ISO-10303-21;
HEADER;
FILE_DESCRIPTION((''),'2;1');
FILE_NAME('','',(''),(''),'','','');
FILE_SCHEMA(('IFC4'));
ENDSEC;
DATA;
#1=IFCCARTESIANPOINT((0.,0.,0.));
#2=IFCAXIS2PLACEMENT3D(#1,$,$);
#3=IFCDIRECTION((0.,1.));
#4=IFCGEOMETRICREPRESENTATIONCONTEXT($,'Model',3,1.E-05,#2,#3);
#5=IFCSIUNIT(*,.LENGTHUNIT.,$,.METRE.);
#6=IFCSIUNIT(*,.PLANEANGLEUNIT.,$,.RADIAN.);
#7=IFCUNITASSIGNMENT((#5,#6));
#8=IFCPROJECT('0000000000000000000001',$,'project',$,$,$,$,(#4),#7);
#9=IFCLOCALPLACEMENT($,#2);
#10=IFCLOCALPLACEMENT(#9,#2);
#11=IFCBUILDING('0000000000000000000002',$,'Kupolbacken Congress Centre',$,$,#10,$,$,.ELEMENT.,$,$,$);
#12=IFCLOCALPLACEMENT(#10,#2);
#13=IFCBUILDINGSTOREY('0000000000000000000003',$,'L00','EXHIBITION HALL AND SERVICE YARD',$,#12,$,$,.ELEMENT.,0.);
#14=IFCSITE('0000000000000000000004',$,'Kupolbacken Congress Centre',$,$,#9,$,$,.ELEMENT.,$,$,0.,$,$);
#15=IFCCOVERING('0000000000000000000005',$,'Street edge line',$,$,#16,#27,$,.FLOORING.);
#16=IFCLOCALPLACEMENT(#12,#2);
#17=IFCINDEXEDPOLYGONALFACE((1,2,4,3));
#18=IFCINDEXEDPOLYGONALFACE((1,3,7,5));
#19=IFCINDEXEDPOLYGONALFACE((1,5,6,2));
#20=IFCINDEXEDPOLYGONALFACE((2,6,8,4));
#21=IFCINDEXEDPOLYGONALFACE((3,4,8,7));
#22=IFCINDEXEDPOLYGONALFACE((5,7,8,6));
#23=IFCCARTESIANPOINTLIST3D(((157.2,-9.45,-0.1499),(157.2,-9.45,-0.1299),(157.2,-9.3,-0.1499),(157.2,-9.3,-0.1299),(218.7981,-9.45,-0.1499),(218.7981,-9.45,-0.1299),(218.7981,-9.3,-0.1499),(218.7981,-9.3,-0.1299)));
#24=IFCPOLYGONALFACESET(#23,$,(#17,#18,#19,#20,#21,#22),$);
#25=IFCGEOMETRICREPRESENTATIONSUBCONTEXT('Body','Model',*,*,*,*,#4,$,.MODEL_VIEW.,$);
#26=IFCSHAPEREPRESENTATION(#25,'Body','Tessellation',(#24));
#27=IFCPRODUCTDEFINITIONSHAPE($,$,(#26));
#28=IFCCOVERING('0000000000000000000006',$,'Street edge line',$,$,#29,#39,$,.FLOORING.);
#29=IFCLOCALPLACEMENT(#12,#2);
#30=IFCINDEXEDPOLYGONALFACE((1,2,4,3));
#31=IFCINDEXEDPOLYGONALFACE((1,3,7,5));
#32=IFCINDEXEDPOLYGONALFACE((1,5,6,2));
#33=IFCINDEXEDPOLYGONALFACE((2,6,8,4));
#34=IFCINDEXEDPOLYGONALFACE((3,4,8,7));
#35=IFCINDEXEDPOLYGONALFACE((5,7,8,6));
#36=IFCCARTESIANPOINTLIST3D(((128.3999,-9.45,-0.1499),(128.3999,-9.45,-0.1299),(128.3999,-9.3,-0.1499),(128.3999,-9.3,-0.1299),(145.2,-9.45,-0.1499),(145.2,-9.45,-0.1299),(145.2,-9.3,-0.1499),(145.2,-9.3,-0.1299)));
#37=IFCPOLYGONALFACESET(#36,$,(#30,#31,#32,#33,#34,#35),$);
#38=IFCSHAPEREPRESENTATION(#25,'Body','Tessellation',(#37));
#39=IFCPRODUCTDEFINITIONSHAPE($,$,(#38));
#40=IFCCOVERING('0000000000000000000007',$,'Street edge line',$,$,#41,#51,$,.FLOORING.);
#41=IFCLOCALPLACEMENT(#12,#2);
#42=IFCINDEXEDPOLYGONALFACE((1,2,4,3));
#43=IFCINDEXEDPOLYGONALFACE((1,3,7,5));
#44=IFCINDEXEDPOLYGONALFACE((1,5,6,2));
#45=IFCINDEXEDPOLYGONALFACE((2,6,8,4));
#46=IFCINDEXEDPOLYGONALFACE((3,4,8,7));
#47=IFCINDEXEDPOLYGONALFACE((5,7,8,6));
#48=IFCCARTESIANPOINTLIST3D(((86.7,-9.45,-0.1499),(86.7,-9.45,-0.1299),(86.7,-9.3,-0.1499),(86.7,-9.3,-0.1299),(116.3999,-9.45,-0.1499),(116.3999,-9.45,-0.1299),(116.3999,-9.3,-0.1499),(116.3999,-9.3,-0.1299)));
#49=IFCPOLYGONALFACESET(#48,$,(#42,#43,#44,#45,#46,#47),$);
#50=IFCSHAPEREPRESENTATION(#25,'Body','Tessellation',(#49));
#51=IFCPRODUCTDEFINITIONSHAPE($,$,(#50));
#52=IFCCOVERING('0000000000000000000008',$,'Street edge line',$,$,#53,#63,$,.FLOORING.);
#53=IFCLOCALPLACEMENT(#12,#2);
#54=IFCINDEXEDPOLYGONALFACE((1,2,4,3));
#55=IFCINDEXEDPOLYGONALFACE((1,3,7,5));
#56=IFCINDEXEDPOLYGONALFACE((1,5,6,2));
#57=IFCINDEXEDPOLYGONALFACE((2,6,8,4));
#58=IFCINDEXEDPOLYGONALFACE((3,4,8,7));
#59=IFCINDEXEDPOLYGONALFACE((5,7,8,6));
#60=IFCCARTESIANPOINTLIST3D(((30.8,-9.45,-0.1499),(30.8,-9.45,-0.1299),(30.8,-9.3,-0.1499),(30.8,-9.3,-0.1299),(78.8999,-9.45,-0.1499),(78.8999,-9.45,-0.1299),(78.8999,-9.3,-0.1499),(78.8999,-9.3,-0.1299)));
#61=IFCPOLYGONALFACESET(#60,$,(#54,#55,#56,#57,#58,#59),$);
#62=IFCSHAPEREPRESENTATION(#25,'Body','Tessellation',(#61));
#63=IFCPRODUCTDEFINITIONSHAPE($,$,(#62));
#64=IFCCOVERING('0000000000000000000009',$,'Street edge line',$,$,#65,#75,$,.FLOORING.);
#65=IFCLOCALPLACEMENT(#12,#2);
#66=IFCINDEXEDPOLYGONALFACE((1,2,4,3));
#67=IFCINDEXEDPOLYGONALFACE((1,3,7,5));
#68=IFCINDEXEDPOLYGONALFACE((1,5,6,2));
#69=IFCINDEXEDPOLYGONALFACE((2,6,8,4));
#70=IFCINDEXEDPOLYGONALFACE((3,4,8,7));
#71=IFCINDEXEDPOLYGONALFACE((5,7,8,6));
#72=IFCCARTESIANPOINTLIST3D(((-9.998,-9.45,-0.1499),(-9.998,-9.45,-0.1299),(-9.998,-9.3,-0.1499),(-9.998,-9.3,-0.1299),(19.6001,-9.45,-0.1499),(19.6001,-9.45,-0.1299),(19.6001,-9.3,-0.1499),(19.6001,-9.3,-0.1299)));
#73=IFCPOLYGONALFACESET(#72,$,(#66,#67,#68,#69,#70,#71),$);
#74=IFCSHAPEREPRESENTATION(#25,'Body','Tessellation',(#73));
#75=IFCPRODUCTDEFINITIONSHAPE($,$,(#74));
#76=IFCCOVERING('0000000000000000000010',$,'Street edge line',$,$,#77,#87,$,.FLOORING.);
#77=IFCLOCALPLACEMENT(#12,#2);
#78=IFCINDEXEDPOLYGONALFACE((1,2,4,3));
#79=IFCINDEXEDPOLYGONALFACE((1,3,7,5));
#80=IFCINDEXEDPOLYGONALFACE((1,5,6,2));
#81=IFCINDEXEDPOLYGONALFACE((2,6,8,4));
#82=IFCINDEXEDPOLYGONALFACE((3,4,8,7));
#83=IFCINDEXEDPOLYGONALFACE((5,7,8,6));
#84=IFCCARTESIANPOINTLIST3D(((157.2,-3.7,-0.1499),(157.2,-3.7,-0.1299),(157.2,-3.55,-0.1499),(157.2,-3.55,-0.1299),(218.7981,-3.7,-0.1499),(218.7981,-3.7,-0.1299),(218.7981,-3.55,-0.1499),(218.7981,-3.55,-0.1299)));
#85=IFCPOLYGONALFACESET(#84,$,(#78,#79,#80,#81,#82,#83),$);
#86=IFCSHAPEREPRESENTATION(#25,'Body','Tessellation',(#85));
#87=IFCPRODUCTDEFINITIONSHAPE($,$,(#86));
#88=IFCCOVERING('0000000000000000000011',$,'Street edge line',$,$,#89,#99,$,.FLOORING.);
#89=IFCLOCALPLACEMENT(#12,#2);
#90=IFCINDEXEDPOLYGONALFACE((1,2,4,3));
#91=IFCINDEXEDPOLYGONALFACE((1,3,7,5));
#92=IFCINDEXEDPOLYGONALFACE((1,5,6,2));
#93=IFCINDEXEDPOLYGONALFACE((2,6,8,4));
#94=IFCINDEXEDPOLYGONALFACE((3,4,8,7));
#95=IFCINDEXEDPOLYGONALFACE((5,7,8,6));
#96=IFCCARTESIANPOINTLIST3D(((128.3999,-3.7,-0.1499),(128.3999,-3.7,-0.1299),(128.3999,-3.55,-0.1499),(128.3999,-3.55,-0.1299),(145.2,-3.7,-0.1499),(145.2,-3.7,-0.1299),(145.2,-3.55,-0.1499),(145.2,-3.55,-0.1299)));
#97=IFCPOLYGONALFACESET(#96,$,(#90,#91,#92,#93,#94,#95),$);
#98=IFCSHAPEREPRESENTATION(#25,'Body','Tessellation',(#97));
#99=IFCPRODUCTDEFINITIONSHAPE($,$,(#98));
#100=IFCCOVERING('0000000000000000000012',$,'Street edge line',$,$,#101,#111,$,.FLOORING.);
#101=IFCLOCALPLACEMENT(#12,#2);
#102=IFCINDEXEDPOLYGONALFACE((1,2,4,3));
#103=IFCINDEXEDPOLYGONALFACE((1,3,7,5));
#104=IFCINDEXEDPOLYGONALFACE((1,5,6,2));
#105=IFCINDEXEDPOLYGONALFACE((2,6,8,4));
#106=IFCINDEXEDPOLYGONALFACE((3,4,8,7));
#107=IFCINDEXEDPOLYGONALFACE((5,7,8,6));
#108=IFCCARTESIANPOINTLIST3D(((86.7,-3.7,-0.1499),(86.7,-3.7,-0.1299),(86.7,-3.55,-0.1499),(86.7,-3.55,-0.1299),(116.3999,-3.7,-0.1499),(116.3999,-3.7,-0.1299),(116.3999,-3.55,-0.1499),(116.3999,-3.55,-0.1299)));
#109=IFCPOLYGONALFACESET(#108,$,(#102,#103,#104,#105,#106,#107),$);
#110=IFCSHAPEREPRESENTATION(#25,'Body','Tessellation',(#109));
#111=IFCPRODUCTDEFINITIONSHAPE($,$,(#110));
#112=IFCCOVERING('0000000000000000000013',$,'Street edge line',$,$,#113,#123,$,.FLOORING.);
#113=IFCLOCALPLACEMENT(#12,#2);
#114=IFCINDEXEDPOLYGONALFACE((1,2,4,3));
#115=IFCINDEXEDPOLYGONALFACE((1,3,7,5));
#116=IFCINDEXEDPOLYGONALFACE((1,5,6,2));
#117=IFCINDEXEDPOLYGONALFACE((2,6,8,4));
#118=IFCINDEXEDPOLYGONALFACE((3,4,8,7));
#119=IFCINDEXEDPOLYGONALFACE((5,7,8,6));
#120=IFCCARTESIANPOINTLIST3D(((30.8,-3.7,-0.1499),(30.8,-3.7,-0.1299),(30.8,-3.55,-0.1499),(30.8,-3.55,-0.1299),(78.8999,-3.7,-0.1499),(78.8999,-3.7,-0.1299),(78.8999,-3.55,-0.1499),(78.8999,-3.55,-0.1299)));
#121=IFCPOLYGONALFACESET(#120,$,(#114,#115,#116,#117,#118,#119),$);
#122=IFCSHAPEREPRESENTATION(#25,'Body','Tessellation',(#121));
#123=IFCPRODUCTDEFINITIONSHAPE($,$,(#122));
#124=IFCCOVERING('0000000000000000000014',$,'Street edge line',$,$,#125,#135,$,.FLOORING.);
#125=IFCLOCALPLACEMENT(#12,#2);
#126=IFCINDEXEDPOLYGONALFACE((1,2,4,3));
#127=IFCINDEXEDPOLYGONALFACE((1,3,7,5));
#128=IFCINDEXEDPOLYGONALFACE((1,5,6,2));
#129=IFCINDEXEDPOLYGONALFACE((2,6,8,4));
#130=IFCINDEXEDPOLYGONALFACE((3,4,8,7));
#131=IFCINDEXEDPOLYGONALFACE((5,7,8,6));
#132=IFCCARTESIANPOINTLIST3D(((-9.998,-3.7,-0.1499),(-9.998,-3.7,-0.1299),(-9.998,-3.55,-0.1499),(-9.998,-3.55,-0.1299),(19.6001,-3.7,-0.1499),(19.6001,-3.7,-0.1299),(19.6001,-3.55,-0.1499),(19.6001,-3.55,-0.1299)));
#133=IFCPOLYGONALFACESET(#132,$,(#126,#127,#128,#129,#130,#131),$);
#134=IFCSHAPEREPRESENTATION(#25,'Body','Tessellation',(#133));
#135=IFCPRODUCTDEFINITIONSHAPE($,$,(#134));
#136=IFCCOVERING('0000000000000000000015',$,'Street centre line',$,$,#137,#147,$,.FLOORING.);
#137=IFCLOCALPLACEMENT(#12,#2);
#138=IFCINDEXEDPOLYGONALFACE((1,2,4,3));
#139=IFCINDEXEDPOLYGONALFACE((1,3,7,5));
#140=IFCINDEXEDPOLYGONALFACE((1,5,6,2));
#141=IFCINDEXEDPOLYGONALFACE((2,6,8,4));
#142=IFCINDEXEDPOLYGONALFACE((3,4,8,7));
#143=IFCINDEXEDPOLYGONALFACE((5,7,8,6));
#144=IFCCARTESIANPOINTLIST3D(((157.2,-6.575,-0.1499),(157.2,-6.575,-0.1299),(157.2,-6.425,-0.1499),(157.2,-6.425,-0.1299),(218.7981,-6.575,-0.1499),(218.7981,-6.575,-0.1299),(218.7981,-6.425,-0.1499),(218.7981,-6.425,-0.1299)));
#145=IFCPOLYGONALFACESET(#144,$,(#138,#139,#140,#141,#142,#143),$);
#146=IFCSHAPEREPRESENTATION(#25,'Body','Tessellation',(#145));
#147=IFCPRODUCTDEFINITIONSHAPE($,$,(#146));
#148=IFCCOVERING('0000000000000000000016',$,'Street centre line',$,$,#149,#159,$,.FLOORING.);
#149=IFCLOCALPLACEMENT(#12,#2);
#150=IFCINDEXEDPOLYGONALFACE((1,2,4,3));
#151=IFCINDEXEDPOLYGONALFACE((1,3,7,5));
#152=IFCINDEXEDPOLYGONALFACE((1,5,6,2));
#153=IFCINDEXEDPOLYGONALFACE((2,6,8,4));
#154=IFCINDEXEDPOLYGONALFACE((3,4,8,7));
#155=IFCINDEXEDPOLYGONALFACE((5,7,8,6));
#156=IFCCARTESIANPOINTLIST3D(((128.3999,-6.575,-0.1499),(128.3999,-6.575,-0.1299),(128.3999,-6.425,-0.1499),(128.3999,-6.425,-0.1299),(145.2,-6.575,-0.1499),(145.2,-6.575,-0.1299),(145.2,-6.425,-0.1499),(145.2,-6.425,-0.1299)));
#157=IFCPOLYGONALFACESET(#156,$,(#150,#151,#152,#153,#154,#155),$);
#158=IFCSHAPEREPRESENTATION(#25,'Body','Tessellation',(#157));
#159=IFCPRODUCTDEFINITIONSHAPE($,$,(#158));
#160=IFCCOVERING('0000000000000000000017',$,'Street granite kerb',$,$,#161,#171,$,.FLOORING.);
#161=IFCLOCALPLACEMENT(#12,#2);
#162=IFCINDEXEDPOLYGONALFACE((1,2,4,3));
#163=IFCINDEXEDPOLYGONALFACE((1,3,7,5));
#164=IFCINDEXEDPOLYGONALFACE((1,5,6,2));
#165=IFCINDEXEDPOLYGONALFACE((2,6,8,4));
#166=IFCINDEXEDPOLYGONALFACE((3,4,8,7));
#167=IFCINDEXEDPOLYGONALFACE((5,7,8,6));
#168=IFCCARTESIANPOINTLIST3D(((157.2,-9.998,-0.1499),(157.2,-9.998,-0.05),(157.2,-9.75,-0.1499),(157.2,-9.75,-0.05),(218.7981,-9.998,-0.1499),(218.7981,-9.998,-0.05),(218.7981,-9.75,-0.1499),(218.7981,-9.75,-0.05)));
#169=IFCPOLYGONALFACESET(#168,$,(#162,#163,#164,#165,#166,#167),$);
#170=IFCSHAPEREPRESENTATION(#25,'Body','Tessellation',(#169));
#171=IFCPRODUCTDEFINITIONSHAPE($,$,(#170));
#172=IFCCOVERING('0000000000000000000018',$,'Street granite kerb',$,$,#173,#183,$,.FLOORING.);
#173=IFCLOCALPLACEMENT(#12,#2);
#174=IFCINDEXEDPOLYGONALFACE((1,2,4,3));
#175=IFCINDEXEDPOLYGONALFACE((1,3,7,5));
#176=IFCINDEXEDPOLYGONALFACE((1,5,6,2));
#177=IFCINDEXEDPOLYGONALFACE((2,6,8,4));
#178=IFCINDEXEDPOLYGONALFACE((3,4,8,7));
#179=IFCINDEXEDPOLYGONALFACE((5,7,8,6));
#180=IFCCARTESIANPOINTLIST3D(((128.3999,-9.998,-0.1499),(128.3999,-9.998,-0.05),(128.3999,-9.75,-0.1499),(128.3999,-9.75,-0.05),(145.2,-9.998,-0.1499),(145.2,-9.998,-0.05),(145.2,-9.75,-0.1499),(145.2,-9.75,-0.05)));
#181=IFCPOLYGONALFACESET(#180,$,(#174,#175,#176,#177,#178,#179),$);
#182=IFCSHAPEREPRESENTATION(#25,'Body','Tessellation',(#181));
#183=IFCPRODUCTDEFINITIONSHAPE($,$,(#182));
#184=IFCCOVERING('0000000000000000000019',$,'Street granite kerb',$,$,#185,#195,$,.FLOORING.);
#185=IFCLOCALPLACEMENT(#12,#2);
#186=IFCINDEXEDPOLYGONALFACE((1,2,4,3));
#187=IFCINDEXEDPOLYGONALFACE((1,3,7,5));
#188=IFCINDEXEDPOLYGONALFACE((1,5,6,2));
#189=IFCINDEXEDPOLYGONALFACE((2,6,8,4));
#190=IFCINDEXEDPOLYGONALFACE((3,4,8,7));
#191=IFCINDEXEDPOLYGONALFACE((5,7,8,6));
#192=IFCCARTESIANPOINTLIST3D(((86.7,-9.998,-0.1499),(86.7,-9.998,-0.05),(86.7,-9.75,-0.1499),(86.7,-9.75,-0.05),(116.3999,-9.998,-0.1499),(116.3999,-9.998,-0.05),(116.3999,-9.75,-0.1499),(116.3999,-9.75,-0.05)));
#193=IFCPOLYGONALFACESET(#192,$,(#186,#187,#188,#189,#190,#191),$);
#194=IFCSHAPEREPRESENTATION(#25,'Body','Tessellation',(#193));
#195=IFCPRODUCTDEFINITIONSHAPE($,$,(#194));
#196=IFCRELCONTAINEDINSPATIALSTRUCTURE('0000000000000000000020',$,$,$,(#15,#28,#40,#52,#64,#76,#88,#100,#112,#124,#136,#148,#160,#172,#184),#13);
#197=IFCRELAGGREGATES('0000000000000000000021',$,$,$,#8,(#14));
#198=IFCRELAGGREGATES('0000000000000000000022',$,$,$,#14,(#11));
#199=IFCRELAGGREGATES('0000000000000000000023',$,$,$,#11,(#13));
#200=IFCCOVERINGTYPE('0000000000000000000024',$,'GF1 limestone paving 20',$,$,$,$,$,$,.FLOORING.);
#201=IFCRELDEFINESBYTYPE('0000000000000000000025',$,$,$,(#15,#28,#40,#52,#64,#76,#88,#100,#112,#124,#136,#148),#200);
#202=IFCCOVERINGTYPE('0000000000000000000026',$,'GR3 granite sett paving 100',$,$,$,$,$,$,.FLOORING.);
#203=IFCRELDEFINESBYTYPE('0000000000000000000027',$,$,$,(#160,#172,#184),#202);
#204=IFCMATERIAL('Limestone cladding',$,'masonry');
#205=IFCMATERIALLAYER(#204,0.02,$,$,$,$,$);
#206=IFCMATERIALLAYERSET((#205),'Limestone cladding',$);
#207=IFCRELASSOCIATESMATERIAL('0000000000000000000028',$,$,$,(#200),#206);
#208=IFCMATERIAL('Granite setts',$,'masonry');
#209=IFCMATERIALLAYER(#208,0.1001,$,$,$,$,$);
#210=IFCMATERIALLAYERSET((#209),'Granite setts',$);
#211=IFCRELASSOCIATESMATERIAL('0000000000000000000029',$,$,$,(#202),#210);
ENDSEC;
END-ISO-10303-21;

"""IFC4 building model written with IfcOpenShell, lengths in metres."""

from ifc_helpers import new_model, si_unit, direction, frame, origin, place, context, subcontext, project, spatial, polyline, outline, extrude, material, layer, layer_set, type_object, element, save


model = new_model("IFC4")

# Units and contexts
model_context = context("Model", 3, precision=1e-05, world=origin(), true_north=direction((0.0, 1.0)))
body_context = subcontext(model_context, "Body", "Model", "MODEL_VIEW")
ifc_project = project(units=[si_unit("LENGTHUNIT", "METRE"), si_unit("PLANEANGLEUNIT", "RADIAN")], contexts=[model_context])

# Site, building, storey
site_placement = place(None, origin())
site = spatial("IfcSite", under=ifc_project, at=site_placement, Name="Kupolbacken Congress Centre", CompositionType="ELEMENT", RefElevation=0.0)
building_placement = place(site_placement, origin())
building = spatial("IfcBuilding", under=site, at=building_placement, Name="Kupolbacken Congress Centre", CompositionType="ELEMENT")
storey_placement = place(building_placement, origin())
storey = spatial("IfcBuildingStorey", under=building, at=storey_placement, Name="L00", Description="EXHIBITION HALL AND SERVICE YARD", CompositionType="ELEMENT", Elevation=0.0)

# Coverings
ifc_material_1 = material(Name="Limestone cladding", Category="masonry")
ifc_layer_1 = layer(ifc_material_1, 0.02)
ifc_layer_set_1 = layer_set([ifc_layer_1], Name="Limestone cladding")
covering_type_1 = type_object("IfcCoveringType", Name="GF1 limestone paving 20", PredefinedType="FLOORING", material=ifc_layer_set_1)
covering_1_placement = place(storey_placement, frame((0.0, 0.0, -0.1499)))
element("IfcCovering", 1, at=covering_1_placement, inside=storey, type_object=covering_type_1, Name="Street edge line", PredefinedType="FLOORING", context=body_context, shape_type="SweptSolid", body=[
    extrude(outline(polyline([(218.7981, -9.45), (157.2, -9.45), (157.2, -9.3), (218.7981, -9.3), (218.7981, -9.45)])), origin(), (0.0, 0.0, 1.0), 0.02),
])
covering_2_placement = place(storey_placement, frame((0.0, 0.0, -0.1499)))
element("IfcCovering", 2, at=covering_2_placement, inside=storey, type_object=covering_type_1, Name="Street edge line", PredefinedType="FLOORING", context=body_context, shape_type="SweptSolid", body=[
    extrude(outline(polyline([(128.3999, -9.45), (128.3999, -9.3), (145.2, -9.3), (145.2, -9.45), (128.3999, -9.45)])), origin(), (0.0, 0.0, 1.0), 0.02),
])
covering_3_placement = place(storey_placement, frame((0.0, 0.0, -0.1499)))
element("IfcCovering", 3, at=covering_3_placement, inside=storey, type_object=covering_type_1, Name="Street edge line", PredefinedType="FLOORING", context=body_context, shape_type="SweptSolid", body=[
    extrude(outline(polyline([(86.7, -9.45), (86.7, -9.3), (116.3999, -9.3), (116.3999, -9.45), (86.7, -9.45)])), origin(), (0.0, 0.0, 1.0), 0.02),
])
covering_4_placement = place(storey_placement, frame((0.0, 0.0, -0.1499)))
element("IfcCovering", 4, at=covering_4_placement, inside=storey, type_object=covering_type_1, Name="Street edge line", PredefinedType="FLOORING", context=body_context, shape_type="SweptSolid", body=[
    extrude(outline(polyline([(30.8, -9.45), (30.8, -9.3), (78.8999, -9.3), (78.8999, -9.45), (30.8, -9.45)])), origin(), (0.0, 0.0, 1.0), 0.02),
])
covering_5_placement = place(storey_placement, frame((0.0, 0.0, -0.1499)))
element("IfcCovering", 5, at=covering_5_placement, inside=storey, type_object=covering_type_1, Name="Street edge line", PredefinedType="FLOORING", context=body_context, shape_type="SweptSolid", body=[
    extrude(outline(polyline([(-9.998, -9.45), (-9.998, -9.3), (19.6001, -9.3), (19.6001, -9.45), (-9.998, -9.45)])), origin(), (0.0, 0.0, 1.0), 0.02),
])
covering_6_placement = place(storey_placement, frame((0.0, 0.0, -0.1499)))
element("IfcCovering", 6, at=covering_6_placement, inside=storey, type_object=covering_type_1, Name="Street edge line", PredefinedType="FLOORING", context=body_context, shape_type="SweptSolid", body=[
    extrude(outline(polyline([(218.7981, -3.7), (157.2, -3.7), (157.2, -3.55), (218.7981, -3.55), (218.7981, -3.7)])), origin(), (0.0, 0.0, 1.0), 0.02),
])
covering_7_placement = place(storey_placement, frame((0.0, 0.0, -0.1499)))
element("IfcCovering", 7, at=covering_7_placement, inside=storey, type_object=covering_type_1, Name="Street edge line", PredefinedType="FLOORING", context=body_context, shape_type="SweptSolid", body=[
    extrude(outline(polyline([(128.3999, -3.7), (128.3999, -3.55), (145.2, -3.55), (145.2, -3.7), (128.3999, -3.7)])), origin(), (0.0, 0.0, 1.0), 0.02),
])
covering_8_placement = place(storey_placement, frame((0.0, 0.0, -0.1499)))
element("IfcCovering", 8, at=covering_8_placement, inside=storey, type_object=covering_type_1, Name="Street edge line", PredefinedType="FLOORING", context=body_context, shape_type="SweptSolid", body=[
    extrude(outline(polyline([(86.7, -3.7), (86.7, -3.55), (116.3999, -3.55), (116.3999, -3.7), (86.7, -3.7)])), origin(), (0.0, 0.0, 1.0), 0.02),
])
covering_9_placement = place(storey_placement, frame((0.0, 0.0, -0.1499)))
element("IfcCovering", 9, at=covering_9_placement, inside=storey, type_object=covering_type_1, Name="Street edge line", PredefinedType="FLOORING", context=body_context, shape_type="SweptSolid", body=[
    extrude(outline(polyline([(30.8, -3.7), (30.8, -3.55), (78.8999, -3.55), (78.8999, -3.7), (30.8, -3.7)])), origin(), (0.0, 0.0, 1.0), 0.02),
])
covering_10_placement = place(storey_placement, frame((0.0, 0.0, -0.1499)))
element("IfcCovering", 10, at=covering_10_placement, inside=storey, type_object=covering_type_1, Name="Street edge line", PredefinedType="FLOORING", context=body_context, shape_type="SweptSolid", body=[
    extrude(outline(polyline([(-9.998, -3.7), (-9.998, -3.55), (19.6001, -3.55), (19.6001, -3.7), (-9.998, -3.7)])), origin(), (0.0, 0.0, 1.0), 0.02),
])
covering_11_placement = place(storey_placement, frame((0.0, 0.0, -0.1499)))
element("IfcCovering", 11, at=covering_11_placement, inside=storey, type_object=covering_type_1, Name="Street centre line", PredefinedType="FLOORING", context=body_context, shape_type="SweptSolid", body=[
    extrude(outline(polyline([(218.7981, -6.575), (157.2, -6.575), (157.2, -6.425), (218.7981, -6.425), (218.7981, -6.575)])), origin(), (0.0, 0.0, 1.0), 0.02),
])
covering_12_placement = place(storey_placement, frame((0.0, 0.0, -0.1499)))
element("IfcCovering", 12, at=covering_12_placement, inside=storey, type_object=covering_type_1, Name="Street centre line", PredefinedType="FLOORING", context=body_context, shape_type="SweptSolid", body=[
    extrude(outline(polyline([(128.3999, -6.575), (128.3999, -6.425), (145.2, -6.425), (145.2, -6.575), (128.3999, -6.575)])), origin(), (0.0, 0.0, 1.0), 0.02),
])
ifc_material_2 = material(Name="Granite setts", Category="masonry")
ifc_layer_2 = layer(ifc_material_2, 0.1001)
ifc_layer_set_2 = layer_set([ifc_layer_2], Name="Granite setts")
covering_type_2 = type_object("IfcCoveringType", Name="GR3 granite sett paving 100", PredefinedType="FLOORING", material=ifc_layer_set_2)
covering_13_placement = place(storey_placement, frame((0.0, 0.0, -0.1499)))
element("IfcCovering", 13, at=covering_13_placement, inside=storey, type_object=covering_type_2, Name="Street granite kerb", PredefinedType="FLOORING", context=body_context, shape_type="SweptSolid", body=[
    extrude(outline(polyline([(218.7981, -9.998), (157.2, -9.998), (157.2, -9.75), (218.7981, -9.75), (218.7981, -9.998)])), origin(), (0.0, 0.0, 1.0), 0.0999),
])
covering_14_placement = place(storey_placement, frame((0.0, 0.0, -0.1499)))
element("IfcCovering", 14, at=covering_14_placement, inside=storey, type_object=covering_type_2, Name="Street granite kerb", PredefinedType="FLOORING", context=body_context, shape_type="SweptSolid", body=[
    extrude(outline(polyline([(128.3999, -9.998), (128.3999, -9.75), (145.2, -9.75), (145.2, -9.998), (128.3999, -9.998)])), origin(), (0.0, 0.0, 1.0), 0.0999),
])
covering_15_placement = place(storey_placement, frame((0.0, 0.0, -0.1499)))
element("IfcCovering", 15, at=covering_15_placement, inside=storey, type_object=covering_type_2, Name="Street granite kerb", PredefinedType="FLOORING", context=body_context, shape_type="SweptSolid", body=[
    extrude(outline(polyline([(86.7, -9.998), (86.7, -9.75), (116.3999, -9.75), (116.3999, -9.998), (86.7, -9.998)])), origin(), (0.0, 0.0, 1.0), 0.0999),
])

save(model, "model.ifc")
